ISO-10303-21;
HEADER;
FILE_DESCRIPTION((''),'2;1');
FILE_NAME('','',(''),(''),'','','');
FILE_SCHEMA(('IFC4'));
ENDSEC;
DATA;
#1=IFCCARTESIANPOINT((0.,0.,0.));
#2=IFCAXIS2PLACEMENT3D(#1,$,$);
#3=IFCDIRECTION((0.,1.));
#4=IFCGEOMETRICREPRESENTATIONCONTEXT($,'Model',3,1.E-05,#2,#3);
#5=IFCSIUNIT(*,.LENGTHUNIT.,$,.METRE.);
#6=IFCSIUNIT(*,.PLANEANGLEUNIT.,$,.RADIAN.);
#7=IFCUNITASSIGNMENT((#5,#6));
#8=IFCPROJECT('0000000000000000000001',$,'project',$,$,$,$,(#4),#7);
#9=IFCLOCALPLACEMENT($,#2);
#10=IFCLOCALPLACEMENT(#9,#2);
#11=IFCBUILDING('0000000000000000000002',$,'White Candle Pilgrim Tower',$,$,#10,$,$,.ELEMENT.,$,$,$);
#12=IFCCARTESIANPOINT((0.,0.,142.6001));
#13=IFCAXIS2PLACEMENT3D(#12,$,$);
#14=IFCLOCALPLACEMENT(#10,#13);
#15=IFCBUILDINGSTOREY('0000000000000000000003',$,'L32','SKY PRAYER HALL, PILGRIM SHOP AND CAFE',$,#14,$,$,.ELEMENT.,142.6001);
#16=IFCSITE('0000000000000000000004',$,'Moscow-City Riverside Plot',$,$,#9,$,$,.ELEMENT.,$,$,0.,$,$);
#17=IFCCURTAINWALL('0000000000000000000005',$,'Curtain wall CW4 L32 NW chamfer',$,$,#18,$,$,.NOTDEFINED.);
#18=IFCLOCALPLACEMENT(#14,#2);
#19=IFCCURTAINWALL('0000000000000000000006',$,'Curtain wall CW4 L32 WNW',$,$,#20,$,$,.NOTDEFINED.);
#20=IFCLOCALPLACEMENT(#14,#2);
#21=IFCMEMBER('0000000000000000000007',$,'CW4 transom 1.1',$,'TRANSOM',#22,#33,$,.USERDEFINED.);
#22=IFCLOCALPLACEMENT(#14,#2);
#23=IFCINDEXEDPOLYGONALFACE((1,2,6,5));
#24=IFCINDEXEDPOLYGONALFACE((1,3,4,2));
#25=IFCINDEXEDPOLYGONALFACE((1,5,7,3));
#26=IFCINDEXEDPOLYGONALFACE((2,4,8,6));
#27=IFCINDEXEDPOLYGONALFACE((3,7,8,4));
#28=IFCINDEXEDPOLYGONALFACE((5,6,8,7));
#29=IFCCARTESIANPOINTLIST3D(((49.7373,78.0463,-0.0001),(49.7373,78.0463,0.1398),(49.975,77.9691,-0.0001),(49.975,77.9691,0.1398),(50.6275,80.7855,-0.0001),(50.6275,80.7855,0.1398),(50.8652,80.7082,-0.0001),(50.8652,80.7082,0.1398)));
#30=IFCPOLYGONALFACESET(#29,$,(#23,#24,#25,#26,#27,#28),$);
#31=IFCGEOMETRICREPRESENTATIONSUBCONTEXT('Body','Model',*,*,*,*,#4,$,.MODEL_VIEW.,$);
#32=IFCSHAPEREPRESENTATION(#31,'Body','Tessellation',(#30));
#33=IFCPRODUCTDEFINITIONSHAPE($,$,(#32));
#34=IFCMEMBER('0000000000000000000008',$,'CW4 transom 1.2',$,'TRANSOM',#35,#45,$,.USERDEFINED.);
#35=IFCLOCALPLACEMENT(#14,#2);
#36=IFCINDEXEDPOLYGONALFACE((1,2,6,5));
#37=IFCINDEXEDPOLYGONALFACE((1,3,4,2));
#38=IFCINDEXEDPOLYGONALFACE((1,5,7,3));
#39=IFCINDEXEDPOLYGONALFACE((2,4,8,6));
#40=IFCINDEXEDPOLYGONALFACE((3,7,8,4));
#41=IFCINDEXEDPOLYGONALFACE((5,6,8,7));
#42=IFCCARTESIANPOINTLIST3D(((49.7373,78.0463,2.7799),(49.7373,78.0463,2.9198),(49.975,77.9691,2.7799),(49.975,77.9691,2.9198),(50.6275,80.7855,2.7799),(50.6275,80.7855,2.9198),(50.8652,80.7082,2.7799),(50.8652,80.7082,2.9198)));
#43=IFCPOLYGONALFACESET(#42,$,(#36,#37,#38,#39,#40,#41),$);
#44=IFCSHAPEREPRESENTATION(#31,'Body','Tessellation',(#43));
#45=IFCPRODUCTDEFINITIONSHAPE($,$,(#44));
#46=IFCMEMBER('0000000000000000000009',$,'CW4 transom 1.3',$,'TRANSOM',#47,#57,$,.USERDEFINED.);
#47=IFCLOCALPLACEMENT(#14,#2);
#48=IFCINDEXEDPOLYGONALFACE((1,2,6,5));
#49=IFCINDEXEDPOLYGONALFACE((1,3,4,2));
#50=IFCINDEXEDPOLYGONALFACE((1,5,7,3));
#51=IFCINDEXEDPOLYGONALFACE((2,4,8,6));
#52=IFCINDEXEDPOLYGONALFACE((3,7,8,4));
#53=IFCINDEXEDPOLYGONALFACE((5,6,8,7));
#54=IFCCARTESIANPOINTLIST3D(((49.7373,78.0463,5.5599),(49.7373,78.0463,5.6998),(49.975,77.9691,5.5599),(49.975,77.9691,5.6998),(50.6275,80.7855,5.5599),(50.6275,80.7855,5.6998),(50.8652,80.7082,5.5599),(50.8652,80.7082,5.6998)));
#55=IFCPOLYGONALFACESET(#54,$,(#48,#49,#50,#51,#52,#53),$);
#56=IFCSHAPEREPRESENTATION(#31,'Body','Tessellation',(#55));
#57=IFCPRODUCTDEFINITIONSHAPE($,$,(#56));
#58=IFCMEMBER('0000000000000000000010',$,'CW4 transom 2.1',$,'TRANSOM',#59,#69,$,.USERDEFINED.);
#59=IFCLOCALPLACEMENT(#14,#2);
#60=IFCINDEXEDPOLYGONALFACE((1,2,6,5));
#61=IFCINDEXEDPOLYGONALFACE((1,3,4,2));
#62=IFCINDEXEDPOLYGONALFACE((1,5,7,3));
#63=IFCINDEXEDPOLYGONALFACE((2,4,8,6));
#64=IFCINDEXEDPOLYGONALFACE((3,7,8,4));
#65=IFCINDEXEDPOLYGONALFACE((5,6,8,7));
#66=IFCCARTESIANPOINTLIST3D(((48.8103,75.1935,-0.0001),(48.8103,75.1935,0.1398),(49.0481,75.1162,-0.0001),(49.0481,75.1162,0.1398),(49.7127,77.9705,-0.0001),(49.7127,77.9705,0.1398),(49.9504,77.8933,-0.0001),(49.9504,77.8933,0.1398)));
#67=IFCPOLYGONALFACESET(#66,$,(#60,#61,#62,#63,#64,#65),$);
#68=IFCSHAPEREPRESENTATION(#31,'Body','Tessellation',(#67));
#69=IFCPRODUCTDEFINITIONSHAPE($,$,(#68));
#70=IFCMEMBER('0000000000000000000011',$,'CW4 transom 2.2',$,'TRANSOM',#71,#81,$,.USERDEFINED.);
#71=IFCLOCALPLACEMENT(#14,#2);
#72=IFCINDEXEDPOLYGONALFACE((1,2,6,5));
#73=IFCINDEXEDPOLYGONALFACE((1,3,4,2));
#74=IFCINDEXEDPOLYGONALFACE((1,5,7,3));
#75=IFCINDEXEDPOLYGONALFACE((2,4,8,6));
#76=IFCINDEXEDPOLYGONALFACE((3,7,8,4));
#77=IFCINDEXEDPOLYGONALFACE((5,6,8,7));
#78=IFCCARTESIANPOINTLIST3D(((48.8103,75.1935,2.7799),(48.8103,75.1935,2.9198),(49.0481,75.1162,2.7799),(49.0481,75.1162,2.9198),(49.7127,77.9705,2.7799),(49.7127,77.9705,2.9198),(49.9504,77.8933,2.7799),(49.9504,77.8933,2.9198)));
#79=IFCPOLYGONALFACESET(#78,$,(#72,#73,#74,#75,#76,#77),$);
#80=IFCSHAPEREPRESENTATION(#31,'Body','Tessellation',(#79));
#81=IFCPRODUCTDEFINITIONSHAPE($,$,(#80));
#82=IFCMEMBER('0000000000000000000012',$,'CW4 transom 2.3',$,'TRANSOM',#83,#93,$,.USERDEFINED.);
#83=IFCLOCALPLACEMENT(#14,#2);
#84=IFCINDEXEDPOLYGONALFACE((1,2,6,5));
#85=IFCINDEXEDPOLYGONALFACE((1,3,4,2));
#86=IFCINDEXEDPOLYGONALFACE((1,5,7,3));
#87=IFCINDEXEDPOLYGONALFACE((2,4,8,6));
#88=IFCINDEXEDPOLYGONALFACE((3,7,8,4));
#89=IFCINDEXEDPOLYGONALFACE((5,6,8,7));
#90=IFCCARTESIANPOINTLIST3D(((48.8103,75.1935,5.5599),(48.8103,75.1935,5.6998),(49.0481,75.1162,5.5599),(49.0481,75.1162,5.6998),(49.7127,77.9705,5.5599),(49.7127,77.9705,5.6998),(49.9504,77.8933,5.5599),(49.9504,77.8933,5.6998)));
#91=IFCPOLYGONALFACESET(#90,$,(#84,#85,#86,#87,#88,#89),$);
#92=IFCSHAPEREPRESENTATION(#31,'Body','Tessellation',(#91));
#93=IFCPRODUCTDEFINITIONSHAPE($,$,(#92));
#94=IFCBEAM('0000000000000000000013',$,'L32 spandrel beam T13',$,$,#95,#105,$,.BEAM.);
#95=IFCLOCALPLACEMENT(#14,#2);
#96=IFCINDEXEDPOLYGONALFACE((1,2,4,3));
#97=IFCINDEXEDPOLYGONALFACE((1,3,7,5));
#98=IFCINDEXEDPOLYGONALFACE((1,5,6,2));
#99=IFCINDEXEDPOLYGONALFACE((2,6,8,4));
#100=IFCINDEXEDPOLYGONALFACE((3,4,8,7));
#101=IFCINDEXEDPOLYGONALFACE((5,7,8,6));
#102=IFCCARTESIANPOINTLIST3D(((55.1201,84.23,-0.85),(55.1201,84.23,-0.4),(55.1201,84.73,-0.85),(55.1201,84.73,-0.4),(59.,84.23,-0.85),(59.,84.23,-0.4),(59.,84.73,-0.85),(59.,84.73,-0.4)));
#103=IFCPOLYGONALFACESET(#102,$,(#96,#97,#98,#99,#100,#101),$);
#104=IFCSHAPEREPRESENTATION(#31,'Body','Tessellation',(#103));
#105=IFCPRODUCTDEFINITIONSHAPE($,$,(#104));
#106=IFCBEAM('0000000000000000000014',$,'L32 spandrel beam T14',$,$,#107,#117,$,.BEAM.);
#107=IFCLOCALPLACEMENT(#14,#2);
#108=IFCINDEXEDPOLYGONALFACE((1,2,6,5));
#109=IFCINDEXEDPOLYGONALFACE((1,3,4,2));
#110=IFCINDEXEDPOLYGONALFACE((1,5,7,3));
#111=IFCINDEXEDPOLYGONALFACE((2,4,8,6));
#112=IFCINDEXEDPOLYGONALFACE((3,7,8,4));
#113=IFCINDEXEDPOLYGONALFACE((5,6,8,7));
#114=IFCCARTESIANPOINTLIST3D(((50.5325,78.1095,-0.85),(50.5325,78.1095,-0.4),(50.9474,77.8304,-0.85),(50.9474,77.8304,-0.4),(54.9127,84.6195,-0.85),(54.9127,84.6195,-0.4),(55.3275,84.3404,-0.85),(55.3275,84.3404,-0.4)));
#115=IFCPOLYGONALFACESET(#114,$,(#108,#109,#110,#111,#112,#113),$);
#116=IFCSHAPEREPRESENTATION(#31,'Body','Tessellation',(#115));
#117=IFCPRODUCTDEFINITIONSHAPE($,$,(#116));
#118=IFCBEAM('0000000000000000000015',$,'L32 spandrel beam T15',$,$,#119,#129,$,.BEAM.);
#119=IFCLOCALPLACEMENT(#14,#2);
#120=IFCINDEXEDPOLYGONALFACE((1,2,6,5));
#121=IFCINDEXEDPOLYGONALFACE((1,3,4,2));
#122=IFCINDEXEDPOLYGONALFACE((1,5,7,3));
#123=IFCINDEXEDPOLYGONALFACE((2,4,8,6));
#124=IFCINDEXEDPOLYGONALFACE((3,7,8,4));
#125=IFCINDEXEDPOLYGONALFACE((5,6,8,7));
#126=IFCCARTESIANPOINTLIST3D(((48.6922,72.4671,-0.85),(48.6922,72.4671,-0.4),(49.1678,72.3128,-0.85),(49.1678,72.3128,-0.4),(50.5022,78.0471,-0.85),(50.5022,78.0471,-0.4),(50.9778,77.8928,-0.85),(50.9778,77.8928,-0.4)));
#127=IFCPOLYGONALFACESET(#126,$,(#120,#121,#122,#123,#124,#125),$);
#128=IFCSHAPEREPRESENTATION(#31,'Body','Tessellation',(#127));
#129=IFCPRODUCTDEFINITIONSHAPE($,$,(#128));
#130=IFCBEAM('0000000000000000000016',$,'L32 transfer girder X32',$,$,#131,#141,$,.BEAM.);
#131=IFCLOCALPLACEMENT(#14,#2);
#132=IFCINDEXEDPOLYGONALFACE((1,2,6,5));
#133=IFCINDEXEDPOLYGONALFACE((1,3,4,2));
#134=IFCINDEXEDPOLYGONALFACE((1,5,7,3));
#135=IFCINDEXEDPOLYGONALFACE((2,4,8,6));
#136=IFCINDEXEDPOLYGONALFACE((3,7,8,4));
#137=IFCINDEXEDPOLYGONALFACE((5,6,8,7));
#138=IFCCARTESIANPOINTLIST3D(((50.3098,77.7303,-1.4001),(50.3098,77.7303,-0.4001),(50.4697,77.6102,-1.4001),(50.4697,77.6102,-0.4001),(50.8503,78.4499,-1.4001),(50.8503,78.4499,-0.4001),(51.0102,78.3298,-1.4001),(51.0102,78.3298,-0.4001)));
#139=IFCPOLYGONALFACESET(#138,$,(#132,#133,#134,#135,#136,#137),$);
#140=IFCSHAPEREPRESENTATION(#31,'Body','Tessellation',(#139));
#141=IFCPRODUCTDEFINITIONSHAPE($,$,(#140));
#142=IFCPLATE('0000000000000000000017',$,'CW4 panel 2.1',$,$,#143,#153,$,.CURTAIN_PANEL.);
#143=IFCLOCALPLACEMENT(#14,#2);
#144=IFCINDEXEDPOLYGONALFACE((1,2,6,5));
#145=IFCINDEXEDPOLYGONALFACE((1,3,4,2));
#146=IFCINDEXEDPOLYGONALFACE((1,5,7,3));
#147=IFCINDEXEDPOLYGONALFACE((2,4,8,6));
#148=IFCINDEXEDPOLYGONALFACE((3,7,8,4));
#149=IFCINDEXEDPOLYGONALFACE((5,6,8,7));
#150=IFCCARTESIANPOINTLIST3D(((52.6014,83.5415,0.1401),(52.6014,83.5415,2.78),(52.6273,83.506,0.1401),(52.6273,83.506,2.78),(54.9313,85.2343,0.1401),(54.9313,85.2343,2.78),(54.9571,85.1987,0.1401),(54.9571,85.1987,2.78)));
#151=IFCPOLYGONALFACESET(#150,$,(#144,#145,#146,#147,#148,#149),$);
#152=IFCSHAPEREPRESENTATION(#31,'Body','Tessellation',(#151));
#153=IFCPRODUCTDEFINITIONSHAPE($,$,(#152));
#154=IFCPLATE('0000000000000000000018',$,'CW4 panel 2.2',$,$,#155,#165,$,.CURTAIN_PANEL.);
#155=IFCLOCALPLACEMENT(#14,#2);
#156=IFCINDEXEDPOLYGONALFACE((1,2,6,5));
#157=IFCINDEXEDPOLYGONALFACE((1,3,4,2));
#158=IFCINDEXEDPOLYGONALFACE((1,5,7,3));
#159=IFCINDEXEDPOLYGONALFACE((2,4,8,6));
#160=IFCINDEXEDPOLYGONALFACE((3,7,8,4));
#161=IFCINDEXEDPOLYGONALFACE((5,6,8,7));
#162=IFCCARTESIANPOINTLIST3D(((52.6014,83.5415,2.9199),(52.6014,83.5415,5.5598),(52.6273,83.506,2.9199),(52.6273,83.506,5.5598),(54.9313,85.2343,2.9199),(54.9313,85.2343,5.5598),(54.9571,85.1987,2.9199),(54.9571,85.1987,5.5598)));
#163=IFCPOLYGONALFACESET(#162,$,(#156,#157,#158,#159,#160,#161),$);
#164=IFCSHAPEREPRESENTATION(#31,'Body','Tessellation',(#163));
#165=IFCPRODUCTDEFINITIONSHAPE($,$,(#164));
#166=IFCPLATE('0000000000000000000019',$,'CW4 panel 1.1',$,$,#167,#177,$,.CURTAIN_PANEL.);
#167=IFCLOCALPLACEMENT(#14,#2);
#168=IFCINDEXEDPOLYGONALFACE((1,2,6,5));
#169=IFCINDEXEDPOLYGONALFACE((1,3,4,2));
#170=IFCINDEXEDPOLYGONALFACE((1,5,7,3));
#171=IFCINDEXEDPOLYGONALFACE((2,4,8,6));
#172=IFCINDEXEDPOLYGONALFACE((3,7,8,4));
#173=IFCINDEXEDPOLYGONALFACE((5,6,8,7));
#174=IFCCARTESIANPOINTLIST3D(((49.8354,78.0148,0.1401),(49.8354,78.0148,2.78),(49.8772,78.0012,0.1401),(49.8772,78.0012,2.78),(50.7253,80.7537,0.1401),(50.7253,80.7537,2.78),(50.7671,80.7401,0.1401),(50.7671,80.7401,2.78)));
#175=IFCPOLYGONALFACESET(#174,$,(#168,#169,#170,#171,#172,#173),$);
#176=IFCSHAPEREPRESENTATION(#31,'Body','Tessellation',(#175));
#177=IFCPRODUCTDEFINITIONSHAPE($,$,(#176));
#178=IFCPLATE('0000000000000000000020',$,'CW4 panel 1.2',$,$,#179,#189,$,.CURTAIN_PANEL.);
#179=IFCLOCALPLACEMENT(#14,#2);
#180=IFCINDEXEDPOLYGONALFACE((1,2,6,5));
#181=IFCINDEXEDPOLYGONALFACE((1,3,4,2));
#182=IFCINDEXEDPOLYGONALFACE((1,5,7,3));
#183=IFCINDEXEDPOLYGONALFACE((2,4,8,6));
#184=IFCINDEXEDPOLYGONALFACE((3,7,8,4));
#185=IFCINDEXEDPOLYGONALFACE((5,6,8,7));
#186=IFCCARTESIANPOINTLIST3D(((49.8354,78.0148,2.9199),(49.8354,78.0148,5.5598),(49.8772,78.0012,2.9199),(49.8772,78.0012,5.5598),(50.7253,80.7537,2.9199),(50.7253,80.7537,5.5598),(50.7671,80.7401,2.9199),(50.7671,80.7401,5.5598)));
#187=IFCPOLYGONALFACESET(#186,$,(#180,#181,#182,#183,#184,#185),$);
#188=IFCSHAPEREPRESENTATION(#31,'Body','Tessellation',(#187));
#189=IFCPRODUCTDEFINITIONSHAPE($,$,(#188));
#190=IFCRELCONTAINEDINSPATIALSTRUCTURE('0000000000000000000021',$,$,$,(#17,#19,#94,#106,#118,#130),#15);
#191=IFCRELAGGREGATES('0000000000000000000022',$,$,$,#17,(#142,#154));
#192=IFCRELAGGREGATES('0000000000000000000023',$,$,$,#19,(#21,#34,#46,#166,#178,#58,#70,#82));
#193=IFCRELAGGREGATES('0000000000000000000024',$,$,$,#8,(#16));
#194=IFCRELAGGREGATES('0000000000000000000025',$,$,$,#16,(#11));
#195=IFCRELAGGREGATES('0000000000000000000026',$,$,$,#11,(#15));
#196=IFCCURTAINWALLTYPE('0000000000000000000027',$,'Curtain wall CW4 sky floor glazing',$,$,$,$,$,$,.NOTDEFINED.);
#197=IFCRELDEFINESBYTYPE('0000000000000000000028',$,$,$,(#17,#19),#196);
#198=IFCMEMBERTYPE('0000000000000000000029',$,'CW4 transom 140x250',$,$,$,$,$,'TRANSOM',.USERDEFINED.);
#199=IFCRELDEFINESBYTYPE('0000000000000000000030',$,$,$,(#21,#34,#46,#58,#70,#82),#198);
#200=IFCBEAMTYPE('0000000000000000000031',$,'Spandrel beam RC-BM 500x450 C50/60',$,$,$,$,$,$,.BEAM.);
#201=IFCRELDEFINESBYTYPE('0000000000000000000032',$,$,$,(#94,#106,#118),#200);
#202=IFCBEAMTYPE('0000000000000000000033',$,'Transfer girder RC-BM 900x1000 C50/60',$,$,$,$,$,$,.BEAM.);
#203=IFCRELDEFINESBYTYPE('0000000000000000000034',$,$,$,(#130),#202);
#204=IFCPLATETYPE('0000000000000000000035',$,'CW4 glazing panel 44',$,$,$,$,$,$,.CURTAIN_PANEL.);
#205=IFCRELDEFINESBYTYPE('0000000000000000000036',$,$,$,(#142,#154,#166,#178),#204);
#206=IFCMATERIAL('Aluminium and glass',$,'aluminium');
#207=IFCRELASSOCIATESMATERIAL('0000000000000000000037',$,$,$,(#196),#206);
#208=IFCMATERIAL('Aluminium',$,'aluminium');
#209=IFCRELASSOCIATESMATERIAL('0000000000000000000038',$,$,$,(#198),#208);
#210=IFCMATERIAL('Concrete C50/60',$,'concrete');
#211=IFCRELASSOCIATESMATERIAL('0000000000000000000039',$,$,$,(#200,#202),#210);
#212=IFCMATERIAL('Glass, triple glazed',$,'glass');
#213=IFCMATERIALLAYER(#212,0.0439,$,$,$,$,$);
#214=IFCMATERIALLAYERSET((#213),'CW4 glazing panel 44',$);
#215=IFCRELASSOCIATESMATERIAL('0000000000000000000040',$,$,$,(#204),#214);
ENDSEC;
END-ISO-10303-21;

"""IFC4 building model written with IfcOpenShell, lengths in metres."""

from ifc_helpers import new_model, si_unit, direction, frame, origin, origin_2d, place, context, subcontext, project, spatial, rectangle, extrude, material, layer, layer_set, material_profile, profile_set, type_object, element, aggregate, save


model = new_model("IFC4")

# Units and contexts
model_context = context("Model", 3, precision=1e-05, world=origin(), true_north=direction((0.0, 1.0)))
body_context = subcontext(model_context, "Body", "Model", "MODEL_VIEW")
ifc_project = project(units=[si_unit("LENGTHUNIT", "METRE"), si_unit("PLANEANGLEUNIT", "RADIAN")], contexts=[model_context])

# Site, building, storey
site_placement = place(None, origin())
site = spatial("IfcSite", under=ifc_project, at=site_placement, Name="Moscow-City Riverside Plot", CompositionType="ELEMENT", RefElevation=0.0)
building_placement = place(site_placement, origin())
building = spatial("IfcBuilding", under=site, at=building_placement, Name="White Candle Pilgrim Tower", CompositionType="ELEMENT")
storey_placement = place(building_placement, frame((0.0, 0.0, 142.6001)))
storey = spatial("IfcBuildingStorey", under=building, at=storey_placement, Name="L32", Description="SKY PRAYER HALL, PILGRIM SHOP AND CAFE", CompositionType="ELEMENT", Elevation=142.6001)

# Curtain walls
ifc_material_1 = material(Name="Aluminium and glass", Category="aluminium")
curtain_wall_type = type_object("IfcCurtainWallType", Name="Curtain wall CW4 sky floor glazing", PredefinedType="NOTDEFINED", material=ifc_material_1)
curtain_wall_1_placement = place(storey_placement, origin())
curtain_wall_1 = element("IfcCurtainWall", 1, at=curtain_wall_1_placement, inside=storey, type_object=curtain_wall_type, Name="Curtain wall CW4 L32 NW chamfer", PredefinedType="NOTDEFINED")
ifc_material_2 = material(Name="Aluminium", Category="aluminium")
curtain_wall_2_placement = place(storey_placement, origin())
curtain_wall_2 = element("IfcCurtainWall", 2, at=curtain_wall_2_placement, inside=storey, type_object=curtain_wall_type, Name="Curtain wall CW4 L32 WNW", PredefinedType="NOTDEFINED")

# Members
ifc_material_profile_1 = material_profile(ifc_material_2, rectangle(XDim=0.25, YDim=0.1399, at=origin_2d()), Name="CW4 transom 140x250")
ifc_profile_set_1 = profile_set([ifc_material_profile_1], Name="Aluminium")
member_type_1 = type_object("IfcMemberType", Name="CW4 transom 140x250", ElementType="TRANSOM", PredefinedType="USERDEFINED", material=ifc_profile_set_1)
member_1_placement = place(storey_placement, frame((50.7463, 80.7468, 0.0698), z_axis=(-0.309073, -0.951038, 0.0), x_axis=(0.951038, -0.309073, 0.0)))
member_1 = element("IfcMember", 3, at=member_1_placement, type_object=member_type_1, Name="CW4 transom 1.1", ObjectType="TRANSOM", PredefinedType="USERDEFINED", context=body_context, shape_type="SweptSolid", body=[
    extrude(rectangle(XDim=0.25, YDim=0.1399, at=origin_2d()), origin(), (0.0, 0.0, 1.0), 2.8801),
])
member_2_placement = place(storey_placement, frame((50.7463, 80.7468, 2.8499), z_axis=(-0.309073, -0.951038, 0.0), x_axis=(0.951038, -0.309073, 0.0)))
member_2 = element("IfcMember", 4, at=member_2_placement, type_object=member_type_1, Name="CW4 transom 1.2", ObjectType="TRANSOM", PredefinedType="USERDEFINED", context=body_context, shape_type="SweptSolid", body=[
    extrude(rectangle(XDim=0.25, YDim=0.1399, at=origin_2d()), origin(), (0.0, 0.0, 1.0), 2.8801),
])
member_3_placement = place(storey_placement, frame((50.7463, 80.7468, 5.6299), z_axis=(-0.309073, -0.951038, 0.0), x_axis=(0.951038, -0.309073, 0.0)))
member_3 = element("IfcMember", 5, at=member_3_placement, type_object=member_type_1, Name="CW4 transom 1.3", ObjectType="TRANSOM", PredefinedType="USERDEFINED", context=body_context, shape_type="SweptSolid", body=[
    extrude(rectangle(XDim=0.25, YDim=0.1399, at=origin_2d()), origin(), (0.0, 0.0, 1.0), 2.8801),
])
member_4_placement = place(storey_placement, frame((49.8315, 77.9319, 0.0698), z_axis=(-0.30902, -0.951056, 0.0), x_axis=(0.951056, -0.30902, 0.0)))
member_4 = element("IfcMember", 6, at=member_4_placement, type_object=member_type_1, Name="CW4 transom 2.1", ObjectType="TRANSOM", PredefinedType="USERDEFINED", context=body_context, shape_type="SweptSolid", body=[
    extrude(rectangle(XDim=0.25, YDim=0.1399, at=origin_2d()), origin(), (0.0, 0.0, 1.0), 2.9199),
])
member_5_placement = place(storey_placement, frame((49.8315, 77.9319, 2.8499), z_axis=(-0.30902, -0.951056, 0.0), x_axis=(0.951056, -0.30902, 0.0)))
member_5 = element("IfcMember", 7, at=member_5_placement, type_object=member_type_1, Name="CW4 transom 2.2", ObjectType="TRANSOM", PredefinedType="USERDEFINED", context=body_context, shape_type="SweptSolid", body=[
    extrude(rectangle(XDim=0.25, YDim=0.1399, at=origin_2d()), origin(), (0.0, 0.0, 1.0), 2.9199),
])
member_6_placement = place(storey_placement, frame((49.8315, 77.9319, 5.6299), z_axis=(-0.30902, -0.951056, 0.0), x_axis=(0.951056, -0.30902, 0.0)))
member_6 = element("IfcMember", 8, at=member_6_placement, type_object=member_type_1, Name="CW4 transom 2.3", ObjectType="TRANSOM", PredefinedType="USERDEFINED", context=body_context, shape_type="SweptSolid", body=[
    extrude(rectangle(XDim=0.25, YDim=0.1399, at=origin_2d()), origin(), (0.0, 0.0, 1.0), 2.9199),
])

# Beams
ifc_material_3 = material(Name="Concrete C50/60", Category="concrete")
ifc_material_profile_2 = material_profile(ifc_material_3, rectangle(XDim=0.5, YDim=0.45, at=origin_2d()), Name="RC-BM 500x450")
ifc_profile_set_2 = profile_set([ifc_material_profile_2], Name="Concrete C50/60")
beam_type_1 = type_object("IfcBeamType", Name="Spandrel beam RC-BM 500x450 C50/60", PredefinedType="BEAM", material=ifc_profile_set_2)
beam_1_placement = place(storey_placement, frame((55.1201, 84.48, -0.625), z_axis=(1.0, 0.0, 0.0), x_axis=(0.0, 1.0, 0.0)))
element("IfcBeam", 9, at=beam_1_placement, inside=storey, type_object=beam_type_1, Name="L32 spandrel beam T13", PredefinedType="BEAM", context=body_context, shape_type="SweptSolid", body=[
    extrude(rectangle(XDim=0.5, YDim=0.45, at=origin_2d()), origin(), (0.0, 0.0, 1.0), 3.8799),
])
beam_2_placement = place(storey_placement, frame((55.1201, 84.48, -0.625), z_axis=(-0.558235, -0.829683, 0.0), x_axis=(0.829683, -0.558235, 0.0)))
element("IfcBeam", 10, at=beam_2_placement, inside=storey, type_object=beam_type_1, Name="L32 spandrel beam T14", PredefinedType="BEAM", context=body_context, shape_type="SweptSolid", body=[
    extrude(rectangle(XDim=0.5, YDim=0.45, at=origin_2d()), origin(), (0.0, 0.0, 1.0), 7.8464),
])
beam_3_placement = place(storey_placement, frame((50.74, 77.97, -0.625), z_axis=(-0.308552, -0.951208, 0.0), x_axis=(0.951208, -0.308552, 0.0)))
element("IfcBeam", 11, at=beam_3_placement, inside=storey, type_object=beam_type_1, Name="L32 spandrel beam T15", PredefinedType="BEAM", context=body_context, shape_type="SweptSolid", body=[
    extrude(rectangle(XDim=0.5, YDim=0.45, at=origin_2d()), origin(), (0.0, 0.0, 1.0), 5.8662),
])
ifc_material_profile_3 = material_profile(ifc_material_3, rectangle(XDim=0.8999, YDim=1.0, at=origin_2d()), Name="RC-BM 900x1000")
ifc_profile_set_3 = profile_set([ifc_material_profile_3], Name="Concrete C50/60")
beam_type_2 = type_object("IfcBeamType", Name="Transfer girder RC-BM 900x1000 C50/60", PredefinedType="BEAM", material=ifc_profile_set_3)
beam_4_placement = place(storey_placement, frame((50.5801, 78.0901, -0.9001), z_axis=(0.79956, -0.600586, 0.0), x_axis=(0.600586, 0.79956, 0.0)))
element("IfcBeam", 12, at=beam_4_placement, inside=storey, type_object=beam_type_2, Name="L32 transfer girder X32", PredefinedType="BEAM", context=body_context, shape_type="SweptSolid", body=[
    extrude(rectangle(XDim=0.8999, YDim=1.0, at=origin_2d()), origin(), (0.0, 0.0, 1.0), 0.2),
])

# Plates
ifc_material_4 = material(Name="Glass, triple glazed", Category="glass")
ifc_layer_1 = layer(ifc_material_4, 0.0439)
ifc_layer_set_1 = layer_set([ifc_layer_1], Name="CW4 glazing panel 44")
plate_type = type_object("IfcPlateType", Name="CW4 glazing panel 44", PredefinedType="CURTAIN_PANEL", material=ifc_layer_set_1)
plate_1_placement = place(storey_placement, frame((53.7793, 84.3701, 0.1401), z_axis=(0.0, 0.0, 1.0), x_axis=(-0.809017, -0.587785, 0.0)))
plate_1 = element("IfcPlate", 13, at=plate_1_placement, type_object=plate_type, Name="CW4 panel 2.1", PredefinedType="CURTAIN_PANEL", context=body_context, shape_type="SweptSolid", body=[
    extrude(rectangle(XDim=2.8799, YDim=0.0439, at=origin_2d()), origin(), (0.0, 0.0, 1.0), 2.6399),
])
plate_2_placement = place(storey_placement, frame((53.7793, 84.3701, 2.9199), z_axis=(0.0, 0.0, 1.0), x_axis=(-0.809017, -0.587785, 0.0)))
plate_2 = element("IfcPlate", 14, at=plate_2_placement, type_object=plate_type, Name="CW4 panel 2.2", PredefinedType="CURTAIN_PANEL", context=body_context, shape_type="SweptSolid", body=[
    extrude(rectangle(XDim=2.8799, YDim=0.0439, at=origin_2d()), origin(), (0.0, 0.0, 1.0), 2.6399),
])
aggregate(curtain_wall_1, [plate_1, plate_2])
plate_3_placement = place(storey_placement, frame((50.3013, 79.3774, 0.1401), z_axis=(0.0, 0.0, 1.0), x_axis=(-0.309017, -0.951057, 0.0)))
plate_3 = element("IfcPlate", 15, at=plate_3_placement, type_object=plate_type, Name="CW4 panel 1.1", PredefinedType="CURTAIN_PANEL", context=body_context, shape_type="SweptSolid", body=[
    extrude(rectangle(XDim=2.8799, YDim=0.0439, at=origin_2d()), origin(), (0.0, 0.0, 1.0), 2.6399),
])
plate_4_placement = place(storey_placement, frame((50.3013, 79.3774, 2.9199), z_axis=(0.0, 0.0, 1.0), x_axis=(-0.309017, -0.951057, 0.0)))
plate_4 = element("IfcPlate", 16, at=plate_4_placement, type_object=plate_type, Name="CW4 panel 1.2", PredefinedType="CURTAIN_PANEL", context=body_context, shape_type="SweptSolid", body=[
    extrude(rectangle(XDim=2.8799, YDim=0.0439, at=origin_2d()), origin(), (0.0, 0.0, 1.0), 2.6399),
])
aggregate(curtain_wall_2, [member_1, member_2, member_3, plate_3, plate_4, member_4, member_5, member_6])

save(model, "model.ifc")
